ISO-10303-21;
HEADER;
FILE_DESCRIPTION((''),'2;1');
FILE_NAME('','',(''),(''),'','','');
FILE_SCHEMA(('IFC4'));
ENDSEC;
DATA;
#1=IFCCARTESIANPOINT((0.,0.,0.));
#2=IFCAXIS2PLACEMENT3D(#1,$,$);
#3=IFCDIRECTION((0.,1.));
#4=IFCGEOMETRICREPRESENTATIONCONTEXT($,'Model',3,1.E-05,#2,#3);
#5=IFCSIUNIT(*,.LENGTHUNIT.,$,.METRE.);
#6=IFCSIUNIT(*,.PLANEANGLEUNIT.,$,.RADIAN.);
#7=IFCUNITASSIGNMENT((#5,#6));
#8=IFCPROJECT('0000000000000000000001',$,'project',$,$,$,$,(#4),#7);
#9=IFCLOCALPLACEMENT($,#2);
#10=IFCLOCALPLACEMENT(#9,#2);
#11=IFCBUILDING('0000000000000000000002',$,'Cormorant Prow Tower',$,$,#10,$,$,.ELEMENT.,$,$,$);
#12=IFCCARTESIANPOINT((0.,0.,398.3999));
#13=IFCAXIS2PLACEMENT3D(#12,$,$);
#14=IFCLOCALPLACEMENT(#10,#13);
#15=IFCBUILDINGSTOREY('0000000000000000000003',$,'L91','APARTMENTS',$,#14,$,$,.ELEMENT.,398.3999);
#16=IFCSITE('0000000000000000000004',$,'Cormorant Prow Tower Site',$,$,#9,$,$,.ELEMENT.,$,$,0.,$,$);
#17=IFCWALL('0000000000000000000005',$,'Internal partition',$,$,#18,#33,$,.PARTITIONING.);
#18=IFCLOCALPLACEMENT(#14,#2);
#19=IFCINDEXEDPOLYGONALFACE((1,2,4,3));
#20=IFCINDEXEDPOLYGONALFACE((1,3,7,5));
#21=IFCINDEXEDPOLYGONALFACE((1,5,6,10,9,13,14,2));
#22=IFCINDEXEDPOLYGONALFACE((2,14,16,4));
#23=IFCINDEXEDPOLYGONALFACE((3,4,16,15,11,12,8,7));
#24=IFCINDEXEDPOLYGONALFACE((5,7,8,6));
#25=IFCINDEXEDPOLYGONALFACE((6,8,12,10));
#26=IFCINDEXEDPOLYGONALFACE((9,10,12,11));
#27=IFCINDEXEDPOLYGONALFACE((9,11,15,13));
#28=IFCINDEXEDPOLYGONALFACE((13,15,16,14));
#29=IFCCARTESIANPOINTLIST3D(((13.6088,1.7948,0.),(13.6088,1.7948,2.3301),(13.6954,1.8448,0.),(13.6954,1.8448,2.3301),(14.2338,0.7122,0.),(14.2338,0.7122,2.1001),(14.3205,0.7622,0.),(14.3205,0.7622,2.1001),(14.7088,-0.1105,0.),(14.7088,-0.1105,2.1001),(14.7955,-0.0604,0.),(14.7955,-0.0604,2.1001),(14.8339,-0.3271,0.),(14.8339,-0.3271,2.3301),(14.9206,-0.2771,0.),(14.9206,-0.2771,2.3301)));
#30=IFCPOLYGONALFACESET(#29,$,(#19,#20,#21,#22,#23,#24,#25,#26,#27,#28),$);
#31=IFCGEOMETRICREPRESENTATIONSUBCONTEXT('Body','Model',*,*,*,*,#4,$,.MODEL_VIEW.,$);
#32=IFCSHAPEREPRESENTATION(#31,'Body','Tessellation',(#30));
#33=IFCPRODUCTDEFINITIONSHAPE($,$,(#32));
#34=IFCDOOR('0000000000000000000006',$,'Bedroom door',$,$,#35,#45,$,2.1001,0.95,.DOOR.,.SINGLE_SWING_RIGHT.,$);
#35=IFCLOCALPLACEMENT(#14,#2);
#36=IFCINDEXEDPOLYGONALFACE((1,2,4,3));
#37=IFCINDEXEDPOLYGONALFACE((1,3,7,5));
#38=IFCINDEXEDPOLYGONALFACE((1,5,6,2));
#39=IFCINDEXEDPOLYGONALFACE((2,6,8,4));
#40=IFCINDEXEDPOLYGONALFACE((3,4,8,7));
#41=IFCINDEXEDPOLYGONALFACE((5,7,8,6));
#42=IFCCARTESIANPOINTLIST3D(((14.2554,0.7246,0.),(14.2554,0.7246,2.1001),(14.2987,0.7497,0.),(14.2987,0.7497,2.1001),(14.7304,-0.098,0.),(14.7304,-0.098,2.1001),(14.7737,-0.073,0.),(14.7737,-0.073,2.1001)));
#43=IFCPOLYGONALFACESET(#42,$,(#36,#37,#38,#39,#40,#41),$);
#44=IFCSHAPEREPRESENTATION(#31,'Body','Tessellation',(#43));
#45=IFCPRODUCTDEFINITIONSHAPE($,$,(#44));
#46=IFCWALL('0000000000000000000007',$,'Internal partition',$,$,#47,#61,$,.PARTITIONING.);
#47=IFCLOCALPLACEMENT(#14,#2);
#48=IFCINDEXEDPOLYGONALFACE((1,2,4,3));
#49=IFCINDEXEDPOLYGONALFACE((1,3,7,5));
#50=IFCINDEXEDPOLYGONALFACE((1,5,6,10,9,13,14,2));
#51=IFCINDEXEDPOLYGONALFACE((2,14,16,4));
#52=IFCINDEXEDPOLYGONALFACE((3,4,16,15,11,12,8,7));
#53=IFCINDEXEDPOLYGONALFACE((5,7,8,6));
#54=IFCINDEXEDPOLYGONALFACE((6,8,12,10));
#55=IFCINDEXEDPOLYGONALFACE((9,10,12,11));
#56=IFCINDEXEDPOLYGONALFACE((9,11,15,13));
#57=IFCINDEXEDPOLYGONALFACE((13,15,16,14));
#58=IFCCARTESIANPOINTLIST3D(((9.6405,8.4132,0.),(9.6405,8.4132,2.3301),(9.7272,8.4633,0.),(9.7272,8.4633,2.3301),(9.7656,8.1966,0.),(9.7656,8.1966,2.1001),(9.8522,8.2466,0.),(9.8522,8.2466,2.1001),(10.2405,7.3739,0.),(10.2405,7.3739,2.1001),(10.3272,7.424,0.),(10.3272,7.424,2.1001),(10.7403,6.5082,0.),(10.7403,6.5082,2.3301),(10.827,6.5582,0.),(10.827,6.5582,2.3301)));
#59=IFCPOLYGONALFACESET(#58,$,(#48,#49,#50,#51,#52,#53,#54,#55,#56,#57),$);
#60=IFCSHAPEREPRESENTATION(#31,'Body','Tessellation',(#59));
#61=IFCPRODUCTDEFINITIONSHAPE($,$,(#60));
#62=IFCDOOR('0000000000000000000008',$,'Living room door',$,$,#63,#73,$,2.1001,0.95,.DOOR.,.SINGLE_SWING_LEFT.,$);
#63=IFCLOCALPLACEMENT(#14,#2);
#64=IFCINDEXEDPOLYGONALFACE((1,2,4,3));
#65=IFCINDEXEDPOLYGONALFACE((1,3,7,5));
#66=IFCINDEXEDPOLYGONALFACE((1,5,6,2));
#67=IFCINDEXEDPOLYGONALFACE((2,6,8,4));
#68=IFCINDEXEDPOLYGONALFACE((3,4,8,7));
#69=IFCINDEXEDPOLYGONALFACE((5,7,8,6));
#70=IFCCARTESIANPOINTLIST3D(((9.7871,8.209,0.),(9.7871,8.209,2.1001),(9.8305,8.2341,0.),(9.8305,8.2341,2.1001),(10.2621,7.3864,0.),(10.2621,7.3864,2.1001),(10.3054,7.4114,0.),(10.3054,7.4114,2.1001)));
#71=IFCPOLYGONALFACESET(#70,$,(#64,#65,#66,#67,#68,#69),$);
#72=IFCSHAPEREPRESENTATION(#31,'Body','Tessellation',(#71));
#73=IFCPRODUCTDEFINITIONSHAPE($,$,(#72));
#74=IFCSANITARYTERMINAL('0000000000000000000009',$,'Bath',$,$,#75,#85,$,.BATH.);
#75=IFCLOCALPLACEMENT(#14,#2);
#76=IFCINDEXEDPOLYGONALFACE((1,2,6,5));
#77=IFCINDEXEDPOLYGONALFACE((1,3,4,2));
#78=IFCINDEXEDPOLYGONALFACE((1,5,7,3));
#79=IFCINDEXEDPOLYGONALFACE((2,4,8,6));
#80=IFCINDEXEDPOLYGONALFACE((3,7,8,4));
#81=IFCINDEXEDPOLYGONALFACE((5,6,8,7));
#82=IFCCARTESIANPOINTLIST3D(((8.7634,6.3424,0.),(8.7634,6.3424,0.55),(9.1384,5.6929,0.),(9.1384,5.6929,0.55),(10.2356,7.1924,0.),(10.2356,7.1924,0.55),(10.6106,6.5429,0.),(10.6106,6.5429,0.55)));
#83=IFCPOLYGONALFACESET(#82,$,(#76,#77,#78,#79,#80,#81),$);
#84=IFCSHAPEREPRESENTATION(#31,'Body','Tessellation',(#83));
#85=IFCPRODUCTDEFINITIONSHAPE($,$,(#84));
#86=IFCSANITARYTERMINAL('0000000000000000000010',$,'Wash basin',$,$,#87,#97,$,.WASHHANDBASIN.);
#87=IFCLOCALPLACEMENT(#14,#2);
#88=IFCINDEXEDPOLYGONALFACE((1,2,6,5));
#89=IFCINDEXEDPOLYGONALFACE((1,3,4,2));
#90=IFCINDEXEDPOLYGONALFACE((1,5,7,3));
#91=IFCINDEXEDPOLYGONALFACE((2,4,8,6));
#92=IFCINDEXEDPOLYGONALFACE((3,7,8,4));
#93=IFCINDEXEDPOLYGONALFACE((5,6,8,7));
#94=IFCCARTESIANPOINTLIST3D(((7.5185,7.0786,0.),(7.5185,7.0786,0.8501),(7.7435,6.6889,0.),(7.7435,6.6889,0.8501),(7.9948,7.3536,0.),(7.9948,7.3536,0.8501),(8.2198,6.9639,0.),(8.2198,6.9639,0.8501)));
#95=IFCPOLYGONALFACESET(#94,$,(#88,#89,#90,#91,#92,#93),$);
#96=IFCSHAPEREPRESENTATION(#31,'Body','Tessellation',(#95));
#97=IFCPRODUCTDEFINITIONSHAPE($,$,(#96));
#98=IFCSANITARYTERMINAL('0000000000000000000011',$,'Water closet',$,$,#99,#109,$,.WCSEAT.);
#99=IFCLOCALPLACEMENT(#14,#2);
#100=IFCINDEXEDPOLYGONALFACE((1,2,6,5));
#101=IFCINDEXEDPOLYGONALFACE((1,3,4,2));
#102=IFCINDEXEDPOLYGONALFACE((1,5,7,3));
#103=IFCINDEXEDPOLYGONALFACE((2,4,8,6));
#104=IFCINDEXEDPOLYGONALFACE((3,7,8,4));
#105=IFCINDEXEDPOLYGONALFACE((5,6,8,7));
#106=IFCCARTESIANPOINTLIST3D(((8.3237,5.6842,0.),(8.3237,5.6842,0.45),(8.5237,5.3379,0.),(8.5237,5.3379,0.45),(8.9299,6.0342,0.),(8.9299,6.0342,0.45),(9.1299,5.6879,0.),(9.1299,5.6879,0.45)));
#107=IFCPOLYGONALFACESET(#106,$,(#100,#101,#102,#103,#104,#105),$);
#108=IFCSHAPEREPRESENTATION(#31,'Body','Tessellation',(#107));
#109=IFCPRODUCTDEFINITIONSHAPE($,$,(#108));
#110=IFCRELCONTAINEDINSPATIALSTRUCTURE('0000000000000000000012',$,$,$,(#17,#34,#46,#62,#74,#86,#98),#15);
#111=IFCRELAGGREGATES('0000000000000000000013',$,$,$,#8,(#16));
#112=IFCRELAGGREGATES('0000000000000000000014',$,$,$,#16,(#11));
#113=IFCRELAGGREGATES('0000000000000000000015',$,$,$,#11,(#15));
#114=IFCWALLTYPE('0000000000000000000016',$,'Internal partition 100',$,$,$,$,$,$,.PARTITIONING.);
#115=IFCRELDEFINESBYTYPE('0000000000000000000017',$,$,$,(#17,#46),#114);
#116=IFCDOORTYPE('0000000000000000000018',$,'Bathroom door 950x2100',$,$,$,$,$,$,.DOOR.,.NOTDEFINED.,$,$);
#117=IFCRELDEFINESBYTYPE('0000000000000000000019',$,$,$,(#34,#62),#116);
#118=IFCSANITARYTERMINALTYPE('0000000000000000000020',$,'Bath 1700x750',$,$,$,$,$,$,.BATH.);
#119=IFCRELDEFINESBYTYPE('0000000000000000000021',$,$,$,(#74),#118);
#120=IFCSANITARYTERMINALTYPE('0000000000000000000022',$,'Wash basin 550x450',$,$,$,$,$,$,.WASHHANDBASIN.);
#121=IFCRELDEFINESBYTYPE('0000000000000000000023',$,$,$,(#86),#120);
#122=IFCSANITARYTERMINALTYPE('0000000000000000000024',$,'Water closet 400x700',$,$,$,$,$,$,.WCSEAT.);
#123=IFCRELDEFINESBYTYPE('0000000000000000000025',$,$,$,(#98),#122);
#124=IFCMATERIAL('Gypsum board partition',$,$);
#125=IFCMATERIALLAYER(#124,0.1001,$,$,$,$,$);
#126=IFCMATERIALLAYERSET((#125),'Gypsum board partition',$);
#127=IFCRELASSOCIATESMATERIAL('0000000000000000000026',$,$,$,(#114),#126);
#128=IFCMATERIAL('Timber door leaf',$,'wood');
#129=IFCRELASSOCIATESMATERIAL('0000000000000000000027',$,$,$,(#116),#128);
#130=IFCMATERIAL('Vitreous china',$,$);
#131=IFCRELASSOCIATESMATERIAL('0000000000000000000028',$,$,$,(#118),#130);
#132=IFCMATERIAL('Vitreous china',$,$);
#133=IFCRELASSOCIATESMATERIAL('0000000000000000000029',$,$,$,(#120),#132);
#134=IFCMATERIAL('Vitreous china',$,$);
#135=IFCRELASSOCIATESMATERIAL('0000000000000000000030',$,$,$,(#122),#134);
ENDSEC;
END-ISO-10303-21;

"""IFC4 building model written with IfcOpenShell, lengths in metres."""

from ifc_helpers import new_model, si_unit, direction, frame, frame_2d, origin, origin_2d, place, context, subcontext, project, spatial, rectangle, extrude, material, layer, layer_set, type_object, element, fill, save


model = new_model("IFC4")

# Units and contexts
model_context = context("Model", 3, precision=1e-05, world=origin(), true_north=direction((0.0, 1.0)))
body_context = subcontext(model_context, "Body", "Model", "MODEL_VIEW")
ifc_project = project(units=[si_unit("LENGTHUNIT", "METRE"), si_unit("PLANEANGLEUNIT", "RADIAN")], contexts=[model_context])

# Site, building, storey
site_placement = place(None, origin())
site = spatial("IfcSite", under=ifc_project, at=site_placement, Name="Cormorant Prow Tower Site", CompositionType="ELEMENT", RefElevation=0.0)
building_placement = place(site_placement, origin())
building = spatial("IfcBuilding", under=site, at=building_placement, Name="Cormorant Prow Tower", CompositionType="ELEMENT")
storey_placement = place(building_placement, frame((0.0, 0.0, 398.3999)))
storey = spatial("IfcBuildingStorey", under=building, at=storey_placement, Name="L91", Description="APARTMENTS", CompositionType="ELEMENT", Elevation=398.3999)

# Shared definitions
ifc_material_1 = material(Name="Gypsum board partition")
ifc_layer_1 = layer(ifc_material_1, 0.1001)
ifc_layer_set_1 = layer_set([ifc_layer_1], Name="Gypsum board partition")
wall_type_1 = type_object("IfcWallType", Name="Internal partition 100", PredefinedType="PARTITIONING", material=ifc_layer_set_1)
ifc_material_2 = material(Name="Timber door leaf", Category="wood")
door_type = type_object("IfcDoorType", Name="Bathroom door 950x2100", OperationType="NOTDEFINED", PredefinedType="DOOR", material=ifc_material_2)

# Walls, openings, doors
wall_1_placement = place(storey_placement, frame((13.6521, 1.8198, 0.0), z_axis=(0.0, 0.0, 1.0), x_axis=(0.500019, -0.866015, 0.0)))
wall_1 = element("IfcWall", 1, at=wall_1_placement, inside=storey, type_object=wall_type_1, Name="Internal partition", PredefinedType="PARTITIONING", context=body_context, shape_type="SweptSolid", body=[
    extrude(rectangle(XDim=2.4502, YDim=0.1001, at=frame_2d((1.2251, 0.0))), origin(), (0.0, 0.0, 1.0), 2.3301),
])
opening_1_placement = place(wall_1_placement, frame((1.25, 0.0, 0.0)))
opening_1 = element("IfcOpeningElement", 2, at=opening_1_placement, cuts=wall_1, PredefinedType="OPENING", context=body_context, shape_type="SweptSolid", body=[
    extrude(rectangle(XDim=0.95, YDim=2.1001, at=frame_2d((0.4751, 1.05))), frame((0.0, 0.0601, 0.0), z_axis=(0.0, -1.0, 0.0), x_axis=(1.0, 0.0, 0.0)), (0.0, 0.0, 1.0), 0.1201),
])
door_1_placement = place(opening_1_placement, origin())
door_1 = element("IfcDoor", 3, at=door_1_placement, inside=storey, type_object=door_type, Name="Bedroom door", OperationType="SINGLE_SWING_RIGHT", OverallHeight=2.1001, OverallWidth=0.95, PredefinedType="DOOR", context=body_context, shape_type="SweptSolid", body=[
    extrude(rectangle(XDim=0.95, YDim=2.1001, at=frame_2d((0.4751, 1.05))), frame((0.0, 0.0249, 0.0), z_axis=(0.0, -1.0, 0.0), x_axis=(1.0, 0.0, 0.0)), (0.0, 0.0, 1.0), 0.05),
])
fill(opening_1, door_1)
wall_2_placement = place(storey_placement, frame((9.6838, 8.4382, 0.0), z_axis=(0.0, 0.0, 1.0), x_axis=(0.499995, -0.866028, 0.0)))
wall_2 = element("IfcWall", 4, at=wall_2_placement, inside=storey, type_object=wall_type_1, Name="Internal partition", PredefinedType="PARTITIONING", context=body_context, shape_type="SweptSolid", body=[
    extrude(rectangle(XDim=2.1997, YDim=0.1001, at=frame_2d((1.0999, 0.0))), origin(), (0.0, 0.0, 1.0), 2.3301),
])
opening_2_placement = place(wall_2_placement, frame((0.25, 0.0, 0.0)))
opening_2 = element("IfcOpeningElement", 5, at=opening_2_placement, cuts=wall_2, PredefinedType="OPENING", context=body_context, shape_type="SweptSolid", body=[
    extrude(rectangle(XDim=0.95, YDim=2.1001, at=frame_2d((0.4751, 1.05))), frame((0.0, 0.0601, 0.0), z_axis=(0.0, -1.0, 0.0), x_axis=(1.0, 0.0, 0.0)), (0.0, 0.0, 1.0), 0.1201),
])
door_2_placement = place(opening_2_placement, origin())
door_2 = element("IfcDoor", 6, at=door_2_placement, inside=storey, type_object=door_type, Name="Living room door", OperationType="SINGLE_SWING_LEFT", OverallHeight=2.1001, OverallWidth=0.95, PredefinedType="DOOR", context=body_context, shape_type="SweptSolid", body=[
    extrude(rectangle(XDim=0.95, YDim=2.1001, at=frame_2d((0.4751, 1.05))), frame((0.0, 0.0249, 0.0), z_axis=(0.0, -1.0, 0.0), x_axis=(1.0, 0.0, 0.0)), (0.0, 0.0, 1.0), 0.05),
])
fill(opening_2, door_2)

# Sanitary terminals
ifc_material_3 = material(Name="Vitreous china")
sanitary_terminal_type_1 = type_object("IfcSanitaryTerminalType", Name="Bath 1700x750", PredefinedType="BATH", material=ifc_material_3)
sanitary_terminal_1_placement = place(storey_placement, frame((9.687, 6.4426, 0.0), z_axis=(0.0, 0.0, 1.0), x_axis=(-0.866025, -0.5, 0.0)))
element("IfcSanitaryTerminal", 7, at=sanitary_terminal_1_placement, inside=storey, type_object=sanitary_terminal_type_1, Name="Bath", PredefinedType="BATH", context=body_context, shape_type="SweptSolid", body=[
    extrude(rectangle(XDim=1.7, YDim=0.75, at=origin_2d()), origin(), (0.0, 0.0, 1.0), 0.55),
])
ifc_material_4 = material(Name="Vitreous china")
sanitary_terminal_type_2 = type_object("IfcSanitaryTerminalType", Name="Wash basin 550x450", PredefinedType="WASHHANDBASIN", material=ifc_material_4)
sanitary_terminal_2_placement = place(storey_placement, frame((7.8691, 7.0212, 0.0), z_axis=(0.0, 0.0, 1.0), x_axis=(0.866025, 0.5, 0.0)))
element("IfcSanitaryTerminal", 8, at=sanitary_terminal_2_placement, inside=storey, type_object=sanitary_terminal_type_2, Name="Wash basin", PredefinedType="WASHHANDBASIN", context=body_context, shape_type="SweptSolid", body=[
    extrude(rectangle(XDim=0.55, YDim=0.45, at=origin_2d()), origin(), (0.0, 0.0, 1.0), 0.8501),
])
ifc_material_5 = material(Name="Vitreous china")
sanitary_terminal_type_3 = type_object("IfcSanitaryTerminalType", Name="Water closet 400x700", PredefinedType="WCSEAT", material=ifc_material_5)
sanitary_terminal_3_placement = place(storey_placement, frame((8.7268, 5.686, 0.0), z_axis=(0.0, 0.0, 1.0), x_axis=(-0.5, 0.866025, 0.0)))
element("IfcSanitaryTerminal", 9, at=sanitary_terminal_3_placement, inside=storey, type_object=sanitary_terminal_type_3, Name="Water closet", PredefinedType="WCSEAT", context=body_context, shape_type="SweptSolid", body=[
    extrude(rectangle(XDim=0.3999, YDim=0.7, at=origin_2d()), origin(), (0.0, 0.0, 1.0), 0.45),
])

save(model, "model.ifc")
